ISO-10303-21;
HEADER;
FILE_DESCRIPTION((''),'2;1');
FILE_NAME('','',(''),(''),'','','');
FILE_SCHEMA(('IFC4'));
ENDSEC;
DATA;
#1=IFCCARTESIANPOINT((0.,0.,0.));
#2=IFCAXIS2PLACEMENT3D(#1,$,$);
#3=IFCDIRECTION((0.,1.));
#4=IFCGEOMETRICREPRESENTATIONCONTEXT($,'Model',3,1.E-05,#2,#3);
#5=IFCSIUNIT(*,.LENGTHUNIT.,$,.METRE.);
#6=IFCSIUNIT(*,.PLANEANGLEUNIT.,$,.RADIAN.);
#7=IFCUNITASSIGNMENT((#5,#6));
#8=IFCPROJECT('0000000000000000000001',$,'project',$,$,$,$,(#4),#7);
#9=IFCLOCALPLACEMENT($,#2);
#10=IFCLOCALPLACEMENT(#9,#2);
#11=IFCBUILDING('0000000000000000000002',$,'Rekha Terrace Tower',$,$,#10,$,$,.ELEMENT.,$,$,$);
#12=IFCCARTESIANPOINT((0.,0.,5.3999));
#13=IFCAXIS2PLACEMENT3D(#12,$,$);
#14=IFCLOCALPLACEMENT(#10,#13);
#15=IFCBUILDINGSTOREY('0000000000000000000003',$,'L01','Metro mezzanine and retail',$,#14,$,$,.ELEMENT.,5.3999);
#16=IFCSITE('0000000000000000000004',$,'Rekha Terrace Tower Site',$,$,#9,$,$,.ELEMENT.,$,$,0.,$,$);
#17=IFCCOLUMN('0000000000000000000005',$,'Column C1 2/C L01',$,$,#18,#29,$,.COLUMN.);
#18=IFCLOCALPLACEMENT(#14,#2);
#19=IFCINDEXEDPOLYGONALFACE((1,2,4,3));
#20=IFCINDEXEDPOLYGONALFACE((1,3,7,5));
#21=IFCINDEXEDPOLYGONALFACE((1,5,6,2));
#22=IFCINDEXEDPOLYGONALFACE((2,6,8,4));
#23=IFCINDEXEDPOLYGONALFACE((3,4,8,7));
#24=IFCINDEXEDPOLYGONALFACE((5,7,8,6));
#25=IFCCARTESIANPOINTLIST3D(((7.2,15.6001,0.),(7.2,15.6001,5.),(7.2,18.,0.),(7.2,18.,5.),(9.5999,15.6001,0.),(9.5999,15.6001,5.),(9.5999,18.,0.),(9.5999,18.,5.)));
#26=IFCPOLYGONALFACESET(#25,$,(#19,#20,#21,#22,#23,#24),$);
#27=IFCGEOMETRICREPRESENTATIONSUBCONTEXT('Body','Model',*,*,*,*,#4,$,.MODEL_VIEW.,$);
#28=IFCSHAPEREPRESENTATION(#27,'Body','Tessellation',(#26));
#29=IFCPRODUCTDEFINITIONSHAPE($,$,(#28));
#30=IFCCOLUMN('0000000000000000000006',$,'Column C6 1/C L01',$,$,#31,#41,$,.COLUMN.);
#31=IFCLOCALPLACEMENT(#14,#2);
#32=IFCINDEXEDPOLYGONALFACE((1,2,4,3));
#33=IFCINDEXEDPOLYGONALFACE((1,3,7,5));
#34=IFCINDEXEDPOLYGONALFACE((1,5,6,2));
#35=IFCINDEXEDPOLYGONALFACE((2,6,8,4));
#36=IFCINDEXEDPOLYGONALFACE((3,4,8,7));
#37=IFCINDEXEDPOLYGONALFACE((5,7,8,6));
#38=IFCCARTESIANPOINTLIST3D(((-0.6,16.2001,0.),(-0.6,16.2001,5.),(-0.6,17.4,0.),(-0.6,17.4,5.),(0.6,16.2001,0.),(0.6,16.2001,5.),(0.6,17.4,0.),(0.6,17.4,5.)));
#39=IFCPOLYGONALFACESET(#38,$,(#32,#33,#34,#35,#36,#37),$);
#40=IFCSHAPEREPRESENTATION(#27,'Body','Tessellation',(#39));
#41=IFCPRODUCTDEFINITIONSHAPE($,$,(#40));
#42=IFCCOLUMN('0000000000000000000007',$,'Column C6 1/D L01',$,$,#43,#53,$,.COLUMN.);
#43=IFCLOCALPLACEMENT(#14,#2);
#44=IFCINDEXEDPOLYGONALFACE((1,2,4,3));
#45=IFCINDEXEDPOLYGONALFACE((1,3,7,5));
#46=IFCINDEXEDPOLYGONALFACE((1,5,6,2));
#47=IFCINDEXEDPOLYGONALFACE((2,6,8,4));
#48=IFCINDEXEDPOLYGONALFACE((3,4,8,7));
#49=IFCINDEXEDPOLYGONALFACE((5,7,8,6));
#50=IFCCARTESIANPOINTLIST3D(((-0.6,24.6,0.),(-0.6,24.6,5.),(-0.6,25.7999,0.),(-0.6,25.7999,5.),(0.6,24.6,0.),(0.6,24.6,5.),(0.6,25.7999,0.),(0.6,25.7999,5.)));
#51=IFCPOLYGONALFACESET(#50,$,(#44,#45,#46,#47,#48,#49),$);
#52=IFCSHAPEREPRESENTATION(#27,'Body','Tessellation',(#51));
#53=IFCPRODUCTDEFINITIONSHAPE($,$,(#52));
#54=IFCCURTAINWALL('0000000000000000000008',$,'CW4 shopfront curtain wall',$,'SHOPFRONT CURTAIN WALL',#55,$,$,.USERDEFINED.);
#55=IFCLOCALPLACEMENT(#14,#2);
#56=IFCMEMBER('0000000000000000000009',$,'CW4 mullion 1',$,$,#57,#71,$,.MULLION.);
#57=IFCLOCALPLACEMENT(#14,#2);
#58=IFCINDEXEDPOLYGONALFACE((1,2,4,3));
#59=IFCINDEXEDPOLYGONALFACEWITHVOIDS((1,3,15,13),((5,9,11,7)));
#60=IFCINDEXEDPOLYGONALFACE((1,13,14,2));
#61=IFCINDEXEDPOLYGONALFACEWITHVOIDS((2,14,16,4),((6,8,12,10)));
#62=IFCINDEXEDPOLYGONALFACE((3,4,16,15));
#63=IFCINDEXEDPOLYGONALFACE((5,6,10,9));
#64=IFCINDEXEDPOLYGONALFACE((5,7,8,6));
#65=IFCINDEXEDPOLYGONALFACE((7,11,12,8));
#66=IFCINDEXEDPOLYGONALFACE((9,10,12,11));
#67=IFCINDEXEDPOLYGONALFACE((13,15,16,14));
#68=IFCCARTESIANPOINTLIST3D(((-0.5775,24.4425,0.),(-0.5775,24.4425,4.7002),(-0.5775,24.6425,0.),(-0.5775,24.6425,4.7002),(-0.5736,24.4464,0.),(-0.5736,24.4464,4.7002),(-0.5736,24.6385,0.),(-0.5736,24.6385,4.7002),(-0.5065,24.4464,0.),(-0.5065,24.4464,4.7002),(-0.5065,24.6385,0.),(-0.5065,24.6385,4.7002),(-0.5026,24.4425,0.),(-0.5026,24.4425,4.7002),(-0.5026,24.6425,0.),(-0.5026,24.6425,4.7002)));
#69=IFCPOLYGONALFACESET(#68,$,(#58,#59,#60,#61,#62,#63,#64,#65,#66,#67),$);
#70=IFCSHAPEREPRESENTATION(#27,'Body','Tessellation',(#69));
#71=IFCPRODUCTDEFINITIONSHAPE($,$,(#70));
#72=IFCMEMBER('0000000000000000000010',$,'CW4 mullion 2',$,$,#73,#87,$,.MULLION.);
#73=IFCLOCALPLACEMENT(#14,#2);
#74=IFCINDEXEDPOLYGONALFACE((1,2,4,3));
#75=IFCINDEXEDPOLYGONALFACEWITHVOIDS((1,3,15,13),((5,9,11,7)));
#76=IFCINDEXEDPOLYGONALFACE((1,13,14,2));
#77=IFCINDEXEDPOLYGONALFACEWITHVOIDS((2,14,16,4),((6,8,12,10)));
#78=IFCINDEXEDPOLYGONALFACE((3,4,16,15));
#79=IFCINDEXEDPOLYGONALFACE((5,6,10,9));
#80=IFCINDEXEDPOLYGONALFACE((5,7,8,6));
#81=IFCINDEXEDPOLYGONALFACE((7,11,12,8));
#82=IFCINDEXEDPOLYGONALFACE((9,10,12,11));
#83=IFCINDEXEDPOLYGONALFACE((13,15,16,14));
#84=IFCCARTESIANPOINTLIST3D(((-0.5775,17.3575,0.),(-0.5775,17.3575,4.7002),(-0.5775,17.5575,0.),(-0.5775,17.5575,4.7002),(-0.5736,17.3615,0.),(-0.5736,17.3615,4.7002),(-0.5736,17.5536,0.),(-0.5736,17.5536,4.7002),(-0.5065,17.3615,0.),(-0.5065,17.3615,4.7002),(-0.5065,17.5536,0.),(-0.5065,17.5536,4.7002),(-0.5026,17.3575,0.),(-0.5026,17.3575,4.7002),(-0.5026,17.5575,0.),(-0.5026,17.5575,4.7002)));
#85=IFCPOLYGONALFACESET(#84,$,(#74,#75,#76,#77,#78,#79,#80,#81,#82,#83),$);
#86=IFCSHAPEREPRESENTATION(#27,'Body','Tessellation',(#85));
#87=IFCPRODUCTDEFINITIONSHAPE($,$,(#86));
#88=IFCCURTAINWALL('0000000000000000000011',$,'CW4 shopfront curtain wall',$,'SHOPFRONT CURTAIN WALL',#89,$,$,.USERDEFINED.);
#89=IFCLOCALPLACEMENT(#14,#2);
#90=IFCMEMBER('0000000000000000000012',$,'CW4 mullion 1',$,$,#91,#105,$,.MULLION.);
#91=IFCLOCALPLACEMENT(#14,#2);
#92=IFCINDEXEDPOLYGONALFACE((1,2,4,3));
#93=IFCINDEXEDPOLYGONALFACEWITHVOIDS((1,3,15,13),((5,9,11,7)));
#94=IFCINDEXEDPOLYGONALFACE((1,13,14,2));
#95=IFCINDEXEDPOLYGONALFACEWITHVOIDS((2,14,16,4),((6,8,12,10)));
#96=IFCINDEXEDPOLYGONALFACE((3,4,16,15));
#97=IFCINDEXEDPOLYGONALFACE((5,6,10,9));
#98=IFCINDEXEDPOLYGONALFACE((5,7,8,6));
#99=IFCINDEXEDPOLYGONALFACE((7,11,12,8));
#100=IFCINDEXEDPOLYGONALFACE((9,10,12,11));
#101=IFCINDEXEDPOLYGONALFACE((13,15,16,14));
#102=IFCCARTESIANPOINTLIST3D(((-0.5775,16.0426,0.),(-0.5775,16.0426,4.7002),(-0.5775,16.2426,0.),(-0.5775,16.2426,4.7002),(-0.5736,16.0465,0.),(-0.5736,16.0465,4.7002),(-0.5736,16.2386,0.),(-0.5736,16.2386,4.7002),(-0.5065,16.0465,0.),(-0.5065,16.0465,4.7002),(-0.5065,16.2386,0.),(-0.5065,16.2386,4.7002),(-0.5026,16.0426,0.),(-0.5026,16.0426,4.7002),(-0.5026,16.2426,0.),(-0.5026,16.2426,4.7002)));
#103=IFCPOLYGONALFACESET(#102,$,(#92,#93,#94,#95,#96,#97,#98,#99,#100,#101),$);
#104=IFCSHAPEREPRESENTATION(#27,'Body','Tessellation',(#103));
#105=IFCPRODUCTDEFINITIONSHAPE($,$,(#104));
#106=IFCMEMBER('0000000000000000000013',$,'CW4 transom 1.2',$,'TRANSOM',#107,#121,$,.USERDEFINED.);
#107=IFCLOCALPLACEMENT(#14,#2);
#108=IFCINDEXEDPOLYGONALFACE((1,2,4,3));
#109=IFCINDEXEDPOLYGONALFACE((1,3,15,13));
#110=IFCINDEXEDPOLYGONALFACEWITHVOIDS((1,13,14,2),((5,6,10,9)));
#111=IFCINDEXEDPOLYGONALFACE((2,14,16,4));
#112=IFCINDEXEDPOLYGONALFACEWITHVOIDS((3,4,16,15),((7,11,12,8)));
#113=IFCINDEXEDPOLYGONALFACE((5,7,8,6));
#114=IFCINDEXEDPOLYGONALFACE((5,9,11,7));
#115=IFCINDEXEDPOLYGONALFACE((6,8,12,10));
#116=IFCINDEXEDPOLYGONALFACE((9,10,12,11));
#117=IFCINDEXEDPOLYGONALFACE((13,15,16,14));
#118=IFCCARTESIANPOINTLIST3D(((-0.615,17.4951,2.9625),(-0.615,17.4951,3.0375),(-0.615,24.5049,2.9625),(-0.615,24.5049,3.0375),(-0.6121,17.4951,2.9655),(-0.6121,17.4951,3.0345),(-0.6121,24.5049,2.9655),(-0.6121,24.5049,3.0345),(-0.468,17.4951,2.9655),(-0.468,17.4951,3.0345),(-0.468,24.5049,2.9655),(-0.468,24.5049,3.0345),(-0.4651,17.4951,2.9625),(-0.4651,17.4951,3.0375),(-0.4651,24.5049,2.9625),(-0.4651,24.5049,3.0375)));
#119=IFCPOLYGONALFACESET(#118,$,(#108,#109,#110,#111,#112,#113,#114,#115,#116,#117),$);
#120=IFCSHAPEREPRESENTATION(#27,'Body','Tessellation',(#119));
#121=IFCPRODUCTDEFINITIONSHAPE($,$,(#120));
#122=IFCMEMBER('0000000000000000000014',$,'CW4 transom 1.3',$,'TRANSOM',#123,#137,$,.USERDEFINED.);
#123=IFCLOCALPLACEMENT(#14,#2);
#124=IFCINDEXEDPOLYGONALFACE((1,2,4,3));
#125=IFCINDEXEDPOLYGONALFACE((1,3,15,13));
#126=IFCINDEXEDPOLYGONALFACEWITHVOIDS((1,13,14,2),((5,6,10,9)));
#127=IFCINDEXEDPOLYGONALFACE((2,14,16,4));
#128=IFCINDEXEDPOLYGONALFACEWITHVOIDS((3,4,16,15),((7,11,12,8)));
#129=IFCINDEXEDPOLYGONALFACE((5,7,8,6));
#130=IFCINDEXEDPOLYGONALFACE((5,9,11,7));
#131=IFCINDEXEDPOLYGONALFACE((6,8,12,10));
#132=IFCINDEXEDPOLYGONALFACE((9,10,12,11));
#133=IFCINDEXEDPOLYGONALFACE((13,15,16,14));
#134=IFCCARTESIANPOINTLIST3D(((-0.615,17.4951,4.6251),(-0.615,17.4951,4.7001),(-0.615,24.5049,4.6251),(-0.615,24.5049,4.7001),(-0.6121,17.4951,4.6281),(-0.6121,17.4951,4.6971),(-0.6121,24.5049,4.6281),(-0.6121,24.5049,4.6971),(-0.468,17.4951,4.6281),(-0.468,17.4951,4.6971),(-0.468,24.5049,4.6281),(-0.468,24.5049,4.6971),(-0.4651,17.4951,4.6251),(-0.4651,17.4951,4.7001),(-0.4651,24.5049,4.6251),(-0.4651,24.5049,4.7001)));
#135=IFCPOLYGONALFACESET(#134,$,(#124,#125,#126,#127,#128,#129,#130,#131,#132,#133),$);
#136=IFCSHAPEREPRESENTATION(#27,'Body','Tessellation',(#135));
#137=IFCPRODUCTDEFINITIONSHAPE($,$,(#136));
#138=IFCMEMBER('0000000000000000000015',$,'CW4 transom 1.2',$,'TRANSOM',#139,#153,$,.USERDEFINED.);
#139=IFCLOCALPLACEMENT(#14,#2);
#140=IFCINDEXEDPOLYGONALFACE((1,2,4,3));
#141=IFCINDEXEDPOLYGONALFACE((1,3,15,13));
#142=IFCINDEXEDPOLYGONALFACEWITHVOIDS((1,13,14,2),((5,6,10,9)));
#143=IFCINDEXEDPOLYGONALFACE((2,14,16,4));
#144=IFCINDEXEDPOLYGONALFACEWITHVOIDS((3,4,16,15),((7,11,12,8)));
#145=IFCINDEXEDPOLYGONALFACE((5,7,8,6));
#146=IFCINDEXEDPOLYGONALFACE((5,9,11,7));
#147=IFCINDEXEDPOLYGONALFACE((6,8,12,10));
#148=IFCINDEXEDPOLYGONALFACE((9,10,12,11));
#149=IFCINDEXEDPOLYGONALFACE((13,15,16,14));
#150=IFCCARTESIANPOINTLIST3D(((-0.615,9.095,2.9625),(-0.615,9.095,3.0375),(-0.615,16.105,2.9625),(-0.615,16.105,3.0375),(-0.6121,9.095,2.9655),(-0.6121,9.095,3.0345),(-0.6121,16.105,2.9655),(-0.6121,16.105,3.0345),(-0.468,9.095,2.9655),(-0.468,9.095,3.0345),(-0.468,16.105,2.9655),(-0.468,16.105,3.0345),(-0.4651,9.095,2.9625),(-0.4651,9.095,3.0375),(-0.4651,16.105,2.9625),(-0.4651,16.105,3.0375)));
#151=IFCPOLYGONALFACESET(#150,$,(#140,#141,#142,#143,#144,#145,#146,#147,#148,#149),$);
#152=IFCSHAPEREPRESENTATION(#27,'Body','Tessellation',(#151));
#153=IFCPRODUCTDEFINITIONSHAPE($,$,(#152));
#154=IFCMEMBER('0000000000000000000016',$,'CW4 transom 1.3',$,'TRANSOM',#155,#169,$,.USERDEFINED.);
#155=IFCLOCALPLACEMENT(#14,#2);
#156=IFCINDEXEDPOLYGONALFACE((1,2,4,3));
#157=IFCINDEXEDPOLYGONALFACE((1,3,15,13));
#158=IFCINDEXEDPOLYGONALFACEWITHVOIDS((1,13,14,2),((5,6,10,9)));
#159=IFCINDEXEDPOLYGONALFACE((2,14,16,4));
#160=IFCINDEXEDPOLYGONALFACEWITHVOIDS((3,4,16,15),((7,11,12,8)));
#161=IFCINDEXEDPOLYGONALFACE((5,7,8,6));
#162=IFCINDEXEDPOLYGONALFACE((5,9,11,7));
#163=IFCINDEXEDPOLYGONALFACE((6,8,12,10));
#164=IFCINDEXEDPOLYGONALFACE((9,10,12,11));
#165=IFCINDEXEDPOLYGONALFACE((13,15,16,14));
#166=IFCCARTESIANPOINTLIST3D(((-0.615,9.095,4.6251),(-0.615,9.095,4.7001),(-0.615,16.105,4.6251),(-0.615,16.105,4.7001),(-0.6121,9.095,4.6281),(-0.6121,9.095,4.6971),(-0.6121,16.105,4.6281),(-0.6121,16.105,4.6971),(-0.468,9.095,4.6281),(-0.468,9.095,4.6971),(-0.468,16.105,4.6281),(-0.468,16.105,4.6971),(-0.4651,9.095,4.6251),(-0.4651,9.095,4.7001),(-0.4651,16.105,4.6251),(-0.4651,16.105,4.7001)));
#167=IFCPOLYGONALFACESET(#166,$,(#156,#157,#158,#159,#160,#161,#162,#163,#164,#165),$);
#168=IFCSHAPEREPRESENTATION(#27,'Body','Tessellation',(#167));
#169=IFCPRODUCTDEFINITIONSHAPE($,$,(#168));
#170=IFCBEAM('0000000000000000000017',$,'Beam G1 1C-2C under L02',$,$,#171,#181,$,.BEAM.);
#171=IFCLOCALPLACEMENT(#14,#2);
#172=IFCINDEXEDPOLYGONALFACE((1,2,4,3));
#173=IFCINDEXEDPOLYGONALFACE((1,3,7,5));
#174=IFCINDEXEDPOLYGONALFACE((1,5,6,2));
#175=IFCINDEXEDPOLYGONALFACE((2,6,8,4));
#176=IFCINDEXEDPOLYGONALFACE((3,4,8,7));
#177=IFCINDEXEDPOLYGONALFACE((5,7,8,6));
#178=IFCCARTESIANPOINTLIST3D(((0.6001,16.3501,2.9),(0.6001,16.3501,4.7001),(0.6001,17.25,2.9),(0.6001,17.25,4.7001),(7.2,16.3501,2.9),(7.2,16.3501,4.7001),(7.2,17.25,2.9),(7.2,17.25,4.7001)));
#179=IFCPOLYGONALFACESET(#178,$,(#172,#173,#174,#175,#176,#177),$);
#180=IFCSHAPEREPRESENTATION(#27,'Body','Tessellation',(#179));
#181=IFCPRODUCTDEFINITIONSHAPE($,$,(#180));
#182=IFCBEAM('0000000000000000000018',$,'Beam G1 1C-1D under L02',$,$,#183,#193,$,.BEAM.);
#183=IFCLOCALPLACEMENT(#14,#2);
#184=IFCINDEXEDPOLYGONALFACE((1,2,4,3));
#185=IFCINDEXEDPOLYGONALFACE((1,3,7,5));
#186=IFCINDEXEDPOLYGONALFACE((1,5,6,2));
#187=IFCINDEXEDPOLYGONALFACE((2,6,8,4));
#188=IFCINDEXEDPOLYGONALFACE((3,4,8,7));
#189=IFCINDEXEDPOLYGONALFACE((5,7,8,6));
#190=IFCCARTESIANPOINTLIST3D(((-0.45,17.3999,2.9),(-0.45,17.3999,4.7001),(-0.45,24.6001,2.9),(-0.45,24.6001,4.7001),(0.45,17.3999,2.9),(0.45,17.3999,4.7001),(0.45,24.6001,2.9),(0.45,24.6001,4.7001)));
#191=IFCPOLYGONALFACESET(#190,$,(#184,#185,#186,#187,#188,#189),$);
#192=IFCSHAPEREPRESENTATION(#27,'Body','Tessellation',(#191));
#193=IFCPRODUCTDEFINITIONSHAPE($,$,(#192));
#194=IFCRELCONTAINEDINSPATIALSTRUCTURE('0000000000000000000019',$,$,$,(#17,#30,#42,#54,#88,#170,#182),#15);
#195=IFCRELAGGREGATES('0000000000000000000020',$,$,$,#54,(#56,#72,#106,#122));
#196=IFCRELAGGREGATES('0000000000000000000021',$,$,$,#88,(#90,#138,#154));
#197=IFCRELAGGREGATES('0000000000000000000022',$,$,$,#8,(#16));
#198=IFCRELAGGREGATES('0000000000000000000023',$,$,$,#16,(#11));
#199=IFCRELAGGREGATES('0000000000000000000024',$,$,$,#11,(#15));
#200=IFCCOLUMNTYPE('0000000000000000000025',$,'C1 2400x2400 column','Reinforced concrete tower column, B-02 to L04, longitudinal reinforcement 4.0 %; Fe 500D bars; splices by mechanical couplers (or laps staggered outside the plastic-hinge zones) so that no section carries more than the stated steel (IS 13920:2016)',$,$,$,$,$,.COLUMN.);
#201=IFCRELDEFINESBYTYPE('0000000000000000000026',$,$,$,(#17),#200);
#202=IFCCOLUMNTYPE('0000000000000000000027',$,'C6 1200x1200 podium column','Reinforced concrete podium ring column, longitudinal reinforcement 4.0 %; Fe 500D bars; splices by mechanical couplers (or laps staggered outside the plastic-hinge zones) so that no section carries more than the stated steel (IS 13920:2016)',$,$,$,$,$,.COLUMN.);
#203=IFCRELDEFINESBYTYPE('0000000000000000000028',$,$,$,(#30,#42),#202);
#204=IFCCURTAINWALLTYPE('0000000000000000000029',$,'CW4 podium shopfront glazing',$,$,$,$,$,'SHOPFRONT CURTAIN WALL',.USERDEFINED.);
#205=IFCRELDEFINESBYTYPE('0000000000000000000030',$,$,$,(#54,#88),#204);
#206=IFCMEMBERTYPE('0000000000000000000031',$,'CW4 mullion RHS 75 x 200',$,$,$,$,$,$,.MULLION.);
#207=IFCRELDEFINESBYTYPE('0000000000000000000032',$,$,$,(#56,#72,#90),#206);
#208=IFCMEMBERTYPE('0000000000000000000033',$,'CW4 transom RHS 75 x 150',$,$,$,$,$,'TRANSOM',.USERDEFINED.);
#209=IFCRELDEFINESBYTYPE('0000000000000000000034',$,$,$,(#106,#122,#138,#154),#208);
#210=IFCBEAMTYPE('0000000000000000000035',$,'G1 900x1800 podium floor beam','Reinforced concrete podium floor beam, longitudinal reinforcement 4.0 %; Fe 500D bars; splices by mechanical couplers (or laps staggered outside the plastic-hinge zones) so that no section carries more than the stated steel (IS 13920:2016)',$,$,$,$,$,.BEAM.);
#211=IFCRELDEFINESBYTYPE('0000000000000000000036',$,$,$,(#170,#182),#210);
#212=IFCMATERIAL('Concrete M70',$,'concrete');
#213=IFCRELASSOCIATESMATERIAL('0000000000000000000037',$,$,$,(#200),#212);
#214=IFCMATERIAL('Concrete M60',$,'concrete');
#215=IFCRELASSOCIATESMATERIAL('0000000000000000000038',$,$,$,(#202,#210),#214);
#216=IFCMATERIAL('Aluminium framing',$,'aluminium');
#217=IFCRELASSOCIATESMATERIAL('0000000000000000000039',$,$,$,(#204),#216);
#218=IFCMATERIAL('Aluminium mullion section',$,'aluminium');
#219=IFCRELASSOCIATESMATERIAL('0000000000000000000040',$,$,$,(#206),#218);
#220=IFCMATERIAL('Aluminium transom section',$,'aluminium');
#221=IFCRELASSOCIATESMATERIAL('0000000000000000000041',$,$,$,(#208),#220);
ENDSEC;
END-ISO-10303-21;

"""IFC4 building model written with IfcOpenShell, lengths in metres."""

from ifc_helpers import new_model, si_unit, direction, frame, origin, origin_2d, place, context, subcontext, project, spatial, rectangle, hollow_rectangle, extrude, material, material_profile, profile_set, type_object, element, aggregate, save


model = new_model("IFC4")

# Units and contexts
model_context = context("Model", 3, precision=1e-05, world=origin(), true_north=direction((0.0, 1.0)))
body_context = subcontext(model_context, "Body", "Model", "MODEL_VIEW")
ifc_project = project(units=[si_unit("LENGTHUNIT", "METRE"), si_unit("PLANEANGLEUNIT", "RADIAN")], contexts=[model_context])

# Site, building, storey
site_placement = place(None, origin())
site = spatial("IfcSite", under=ifc_project, at=site_placement, Name="Rekha Terrace Tower Site", CompositionType="ELEMENT", RefElevation=0.0)
building_placement = place(site_placement, origin())
building = spatial("IfcBuilding", under=site, at=building_placement, Name="Rekha Terrace Tower", CompositionType="ELEMENT")
storey_placement = place(building_placement, frame((0.0, 0.0, 5.3999)))
storey = spatial("IfcBuildingStorey", under=building, at=storey_placement, Name="L01", Description="Metro mezzanine and retail", CompositionType="ELEMENT", Elevation=5.3999)

# Columns
ifc_material_1 = material(Name="Concrete M70", Category="concrete")
ifc_material_profile_1 = material_profile(ifc_material_1, rectangle(XDim=2.3999, YDim=2.3999, at=origin_2d()), Name="RC 2400x2400")
ifc_profile_set_1 = profile_set([ifc_material_profile_1], Name="Concrete M70")
column_type_1 = type_object("IfcColumnType", Name="C1 2400x2400 column", Description="Reinforced concrete tower column, B-02 to L04, longitudinal reinforcement 4.0 %; Fe 500D bars; splices by mechanical couplers (or laps staggered outside the plastic-hinge zones) so that no section carries more than the stated steel (IS 13920:2016)", PredefinedType="COLUMN", material=ifc_profile_set_1)
column_placement = place(storey_placement, frame((8.3999, 16.8, 0.0), z_axis=(0.0, 0.0, 1.0), x_axis=(1.0, 0.0, 0.0)))
element("IfcColumn", 1, at=column_placement, inside=storey, type_object=column_type_1, Name="Column C1 2/C L01", PredefinedType="COLUMN", context=body_context, shape_type="SweptSolid", body=[
    extrude(rectangle(XDim=2.3999, YDim=2.3999, at=origin_2d()), origin(), (0.0, 0.0, 1.0), 5.0),
])
ifc_material_2 = material(Name="Concrete M60", Category="concrete")
ifc_material_profile_2 = material_profile(ifc_material_2, rectangle(XDim=1.2, YDim=1.2, at=origin_2d()), Name="RC 1200x1200")
ifc_profile_set_2 = profile_set([ifc_material_profile_2], Name="Concrete M60")
column_type_2 = type_object("IfcColumnType", Name="C6 1200x1200 podium column", Description="Reinforced concrete podium ring column, longitudinal reinforcement 4.0 %; Fe 500D bars; splices by mechanical couplers (or laps staggered outside the plastic-hinge zones) so that no section carries more than the stated steel (IS 13920:2016)", PredefinedType="COLUMN", material=ifc_profile_set_2)
for number, where, z_axis, x_axis, name in (
    (2, (0.0, 16.8, 0.0), (0.0, 0.0, 1.0), (1.0, 0.0, 0.0), "Column C6 1/C L01"),
    (3, (0.0, 25.2, 0.0), (0.0, 0.0, 1.0), (1.0, 0.0, 0.0), "Column C6 1/D L01"),
):
    element("IfcColumn", number, at=place(storey_placement, frame(where, z_axis=z_axis, x_axis=x_axis)), inside=storey, type_object=column_type_2, Name=name, PredefinedType="COLUMN", context=body_context, shape_type="SweptSolid", body=[
        extrude(rectangle(XDim=1.2, YDim=1.2, at=origin_2d()), origin(), (0.0, 0.0, 1.0), 5.0),
    ])

# Curtain wall, members
ifc_material_3 = material(Name="Aluminium framing", Category="aluminium")
curtain_wall_type = type_object("IfcCurtainWallType", Name="CW4 podium shopfront glazing", ElementType="SHOPFRONT CURTAIN WALL", PredefinedType="USERDEFINED", material=ifc_material_3)
curtain_wall_1_placement = place(storey_placement, origin())
curtain_wall_1 = element("IfcCurtainWall", 4, at=curtain_wall_1_placement, inside=storey, type_object=curtain_wall_type, Name="CW4 shopfront curtain wall", ObjectType="SHOPFRONT CURTAIN WALL", PredefinedType="USERDEFINED")
ifc_material_4 = material(Name="Aluminium mullion section", Category="aluminium")
ifc_material_profile_3 = material_profile(ifc_material_4, hollow_rectangle(XDim=0.075, YDim=0.2, WallThickness=0.0039, at=origin_2d()), Name="AL RHS 75x200")
ifc_profile_set_3 = profile_set([ifc_material_profile_3], Name="Aluminium mullion section")
member_type_1 = type_object("IfcMemberType", Name="CW4 mullion RHS 75 x 200", PredefinedType="MULLION", material=ifc_profile_set_3)
member_1_placement = place(storey_placement, frame((-0.54, 24.5425, 0.0), z_axis=(0.0, 0.0, 1.0), x_axis=(1.0, 0.0, 0.0)))
member_1 = element("IfcMember", 5, at=member_1_placement, type_object=member_type_1, Name="CW4 mullion 1", PredefinedType="MULLION", context=body_context, shape_type="SweptSolid", body=[
    extrude(hollow_rectangle(XDim=0.075, YDim=0.2, WallThickness=0.0039, at=origin_2d()), origin(), (0.0, 0.0, 1.0), 4.7002),
])
member_2_placement = place(storey_placement, frame((-0.54, 17.4575, 0.0), z_axis=(0.0, 0.0, 1.0), x_axis=(1.0, 0.0, 0.0)))
member_2 = element("IfcMember", 6, at=member_2_placement, type_object=member_type_1, Name="CW4 mullion 2", PredefinedType="MULLION", context=body_context, shape_type="SweptSolid", body=[
    extrude(hollow_rectangle(XDim=0.075, YDim=0.2, WallThickness=0.0039, at=origin_2d()), origin(), (0.0, 0.0, 1.0), 4.7002),
])

# Curtain wall, member
curtain_wall_2_placement = place(storey_placement, origin())
curtain_wall_2 = element("IfcCurtainWall", 7, at=curtain_wall_2_placement, inside=storey, type_object=curtain_wall_type, Name="CW4 shopfront curtain wall", ObjectType="SHOPFRONT CURTAIN WALL", PredefinedType="USERDEFINED")
member_3_placement = place(storey_placement, frame((-0.54, 16.1426, 0.0), z_axis=(0.0, 0.0, 1.0), x_axis=(1.0, 0.0, 0.0)))
member_3 = element("IfcMember", 8, at=member_3_placement, type_object=member_type_1, Name="CW4 mullion 1", PredefinedType="MULLION", context=body_context, shape_type="SweptSolid", body=[
    extrude(hollow_rectangle(XDim=0.075, YDim=0.2, WallThickness=0.0039, at=origin_2d()), origin(), (0.0, 0.0, 1.0), 4.7002),
])

# Members
ifc_material_5 = material(Name="Aluminium transom section", Category="aluminium")
ifc_material_profile_4 = material_profile(ifc_material_5, hollow_rectangle(XDim=0.1499, YDim=0.075, WallThickness=0.0029, at=origin_2d()), Name="AL RHS 150x75")
ifc_profile_set_4 = profile_set([ifc_material_profile_4], Name="Aluminium transom section")
member_type_2 = type_object("IfcMemberType", Name="CW4 transom RHS 75 x 150", ElementType="TRANSOM", PredefinedType="USERDEFINED", material=ifc_profile_set_4)
member_4_placement = place(storey_placement, frame((-0.54, 24.5049, 3.0), z_axis=(0.0, -1.0, 0.0), x_axis=(1.0, 0.0, 0.0)))
member_4 = element("IfcMember", 9, at=member_4_placement, type_object=member_type_2, Name="CW4 transom 1.2", ObjectType="TRANSOM", PredefinedType="USERDEFINED", context=body_context, shape_type="SweptSolid", body=[
    extrude(hollow_rectangle(XDim=0.1499, YDim=0.075, WallThickness=0.0029, at=origin_2d()), origin(), (0.0, 0.0, 1.0), 7.0098),
])
member_5_placement = place(storey_placement, frame((-0.54, 24.5049, 4.6626), z_axis=(0.0, -1.0, 0.0), x_axis=(1.0, 0.0, 0.0)))
member_5 = element("IfcMember", 10, at=member_5_placement, type_object=member_type_2, Name="CW4 transom 1.3", ObjectType="TRANSOM", PredefinedType="USERDEFINED", context=body_context, shape_type="SweptSolid", body=[
    extrude(hollow_rectangle(XDim=0.1499, YDim=0.075, WallThickness=0.0029, at=origin_2d()), origin(), (0.0, 0.0, 1.0), 7.0098),
])
member_6_placement = place(storey_placement, frame((-0.54, 16.105, 3.0), z_axis=(0.0, -1.0, 0.0), x_axis=(1.0, 0.0, 0.0)))
member_6 = element("IfcMember", 11, at=member_6_placement, type_object=member_type_2, Name="CW4 transom 1.2", ObjectType="TRANSOM", PredefinedType="USERDEFINED", context=body_context, shape_type="SweptSolid", body=[
    extrude(hollow_rectangle(XDim=0.1499, YDim=0.075, WallThickness=0.0029, at=origin_2d()), origin(), (0.0, 0.0, 1.0), 7.01),
])
member_7_placement = place(storey_placement, frame((-0.54, 16.105, 4.6626), z_axis=(0.0, -1.0, 0.0), x_axis=(1.0, 0.0, 0.0)))
member_7 = element("IfcMember", 12, at=member_7_placement, type_object=member_type_2, Name="CW4 transom 1.3", ObjectType="TRANSOM", PredefinedType="USERDEFINED", context=body_context, shape_type="SweptSolid", body=[
    extrude(hollow_rectangle(XDim=0.1499, YDim=0.075, WallThickness=0.0029, at=origin_2d()), origin(), (0.0, 0.0, 1.0), 7.01),
])

# Beams
ifc_material_profile_5 = material_profile(ifc_material_2, rectangle(XDim=0.8999, YDim=1.8, at=origin_2d()), Name="RC 900x1800")
ifc_profile_set_5 = profile_set([ifc_material_profile_5], Name="Concrete M60")
beam_type = type_object("IfcBeamType", Name="G1 900x1800 podium floor beam", Description="Reinforced concrete podium floor beam, longitudinal reinforcement 4.0 %; Fe 500D bars; splices by mechanical couplers (or laps staggered outside the plastic-hinge zones) so that no section carries more than the stated steel (IS 13920:2016)", PredefinedType="BEAM", material=ifc_profile_set_5)
beam_1_placement = place(storey_placement, frame((0.6001, 16.8, 3.8), z_axis=(1.0, 0.0, 0.0), x_axis=(0.0, 1.0, 0.0)))
element("IfcBeam", 13, at=beam_1_placement, inside=storey, type_object=beam_type, Name="Beam G1 1C-2C under L02", PredefinedType="BEAM", context=body_context, shape_type="SweptSolid", body=[
    extrude(rectangle(XDim=0.8999, YDim=1.8, at=origin_2d()), origin(), (0.0, 0.0, 1.0), 6.5999),
])
beam_2_placement = place(storey_placement, frame((0.0, 17.3999, 3.8), z_axis=(0.0, 1.0, 0.0), x_axis=(-1.0, 0.0, 0.0)))
element("IfcBeam", 14, at=beam_2_placement, inside=storey, type_object=beam_type, Name="Beam G1 1C-1D under L02", PredefinedType="BEAM", context=body_context, shape_type="SweptSolid", body=[
    extrude(rectangle(XDim=0.8999, YDim=1.8, at=origin_2d()), origin(), (0.0, 0.0, 1.0), 7.2002),
])

aggregate(curtain_wall_1, [member_1, member_2, member_4, member_5])
aggregate(curtain_wall_2, [member_3, member_6, member_7])

save(model, "model.ifc")
